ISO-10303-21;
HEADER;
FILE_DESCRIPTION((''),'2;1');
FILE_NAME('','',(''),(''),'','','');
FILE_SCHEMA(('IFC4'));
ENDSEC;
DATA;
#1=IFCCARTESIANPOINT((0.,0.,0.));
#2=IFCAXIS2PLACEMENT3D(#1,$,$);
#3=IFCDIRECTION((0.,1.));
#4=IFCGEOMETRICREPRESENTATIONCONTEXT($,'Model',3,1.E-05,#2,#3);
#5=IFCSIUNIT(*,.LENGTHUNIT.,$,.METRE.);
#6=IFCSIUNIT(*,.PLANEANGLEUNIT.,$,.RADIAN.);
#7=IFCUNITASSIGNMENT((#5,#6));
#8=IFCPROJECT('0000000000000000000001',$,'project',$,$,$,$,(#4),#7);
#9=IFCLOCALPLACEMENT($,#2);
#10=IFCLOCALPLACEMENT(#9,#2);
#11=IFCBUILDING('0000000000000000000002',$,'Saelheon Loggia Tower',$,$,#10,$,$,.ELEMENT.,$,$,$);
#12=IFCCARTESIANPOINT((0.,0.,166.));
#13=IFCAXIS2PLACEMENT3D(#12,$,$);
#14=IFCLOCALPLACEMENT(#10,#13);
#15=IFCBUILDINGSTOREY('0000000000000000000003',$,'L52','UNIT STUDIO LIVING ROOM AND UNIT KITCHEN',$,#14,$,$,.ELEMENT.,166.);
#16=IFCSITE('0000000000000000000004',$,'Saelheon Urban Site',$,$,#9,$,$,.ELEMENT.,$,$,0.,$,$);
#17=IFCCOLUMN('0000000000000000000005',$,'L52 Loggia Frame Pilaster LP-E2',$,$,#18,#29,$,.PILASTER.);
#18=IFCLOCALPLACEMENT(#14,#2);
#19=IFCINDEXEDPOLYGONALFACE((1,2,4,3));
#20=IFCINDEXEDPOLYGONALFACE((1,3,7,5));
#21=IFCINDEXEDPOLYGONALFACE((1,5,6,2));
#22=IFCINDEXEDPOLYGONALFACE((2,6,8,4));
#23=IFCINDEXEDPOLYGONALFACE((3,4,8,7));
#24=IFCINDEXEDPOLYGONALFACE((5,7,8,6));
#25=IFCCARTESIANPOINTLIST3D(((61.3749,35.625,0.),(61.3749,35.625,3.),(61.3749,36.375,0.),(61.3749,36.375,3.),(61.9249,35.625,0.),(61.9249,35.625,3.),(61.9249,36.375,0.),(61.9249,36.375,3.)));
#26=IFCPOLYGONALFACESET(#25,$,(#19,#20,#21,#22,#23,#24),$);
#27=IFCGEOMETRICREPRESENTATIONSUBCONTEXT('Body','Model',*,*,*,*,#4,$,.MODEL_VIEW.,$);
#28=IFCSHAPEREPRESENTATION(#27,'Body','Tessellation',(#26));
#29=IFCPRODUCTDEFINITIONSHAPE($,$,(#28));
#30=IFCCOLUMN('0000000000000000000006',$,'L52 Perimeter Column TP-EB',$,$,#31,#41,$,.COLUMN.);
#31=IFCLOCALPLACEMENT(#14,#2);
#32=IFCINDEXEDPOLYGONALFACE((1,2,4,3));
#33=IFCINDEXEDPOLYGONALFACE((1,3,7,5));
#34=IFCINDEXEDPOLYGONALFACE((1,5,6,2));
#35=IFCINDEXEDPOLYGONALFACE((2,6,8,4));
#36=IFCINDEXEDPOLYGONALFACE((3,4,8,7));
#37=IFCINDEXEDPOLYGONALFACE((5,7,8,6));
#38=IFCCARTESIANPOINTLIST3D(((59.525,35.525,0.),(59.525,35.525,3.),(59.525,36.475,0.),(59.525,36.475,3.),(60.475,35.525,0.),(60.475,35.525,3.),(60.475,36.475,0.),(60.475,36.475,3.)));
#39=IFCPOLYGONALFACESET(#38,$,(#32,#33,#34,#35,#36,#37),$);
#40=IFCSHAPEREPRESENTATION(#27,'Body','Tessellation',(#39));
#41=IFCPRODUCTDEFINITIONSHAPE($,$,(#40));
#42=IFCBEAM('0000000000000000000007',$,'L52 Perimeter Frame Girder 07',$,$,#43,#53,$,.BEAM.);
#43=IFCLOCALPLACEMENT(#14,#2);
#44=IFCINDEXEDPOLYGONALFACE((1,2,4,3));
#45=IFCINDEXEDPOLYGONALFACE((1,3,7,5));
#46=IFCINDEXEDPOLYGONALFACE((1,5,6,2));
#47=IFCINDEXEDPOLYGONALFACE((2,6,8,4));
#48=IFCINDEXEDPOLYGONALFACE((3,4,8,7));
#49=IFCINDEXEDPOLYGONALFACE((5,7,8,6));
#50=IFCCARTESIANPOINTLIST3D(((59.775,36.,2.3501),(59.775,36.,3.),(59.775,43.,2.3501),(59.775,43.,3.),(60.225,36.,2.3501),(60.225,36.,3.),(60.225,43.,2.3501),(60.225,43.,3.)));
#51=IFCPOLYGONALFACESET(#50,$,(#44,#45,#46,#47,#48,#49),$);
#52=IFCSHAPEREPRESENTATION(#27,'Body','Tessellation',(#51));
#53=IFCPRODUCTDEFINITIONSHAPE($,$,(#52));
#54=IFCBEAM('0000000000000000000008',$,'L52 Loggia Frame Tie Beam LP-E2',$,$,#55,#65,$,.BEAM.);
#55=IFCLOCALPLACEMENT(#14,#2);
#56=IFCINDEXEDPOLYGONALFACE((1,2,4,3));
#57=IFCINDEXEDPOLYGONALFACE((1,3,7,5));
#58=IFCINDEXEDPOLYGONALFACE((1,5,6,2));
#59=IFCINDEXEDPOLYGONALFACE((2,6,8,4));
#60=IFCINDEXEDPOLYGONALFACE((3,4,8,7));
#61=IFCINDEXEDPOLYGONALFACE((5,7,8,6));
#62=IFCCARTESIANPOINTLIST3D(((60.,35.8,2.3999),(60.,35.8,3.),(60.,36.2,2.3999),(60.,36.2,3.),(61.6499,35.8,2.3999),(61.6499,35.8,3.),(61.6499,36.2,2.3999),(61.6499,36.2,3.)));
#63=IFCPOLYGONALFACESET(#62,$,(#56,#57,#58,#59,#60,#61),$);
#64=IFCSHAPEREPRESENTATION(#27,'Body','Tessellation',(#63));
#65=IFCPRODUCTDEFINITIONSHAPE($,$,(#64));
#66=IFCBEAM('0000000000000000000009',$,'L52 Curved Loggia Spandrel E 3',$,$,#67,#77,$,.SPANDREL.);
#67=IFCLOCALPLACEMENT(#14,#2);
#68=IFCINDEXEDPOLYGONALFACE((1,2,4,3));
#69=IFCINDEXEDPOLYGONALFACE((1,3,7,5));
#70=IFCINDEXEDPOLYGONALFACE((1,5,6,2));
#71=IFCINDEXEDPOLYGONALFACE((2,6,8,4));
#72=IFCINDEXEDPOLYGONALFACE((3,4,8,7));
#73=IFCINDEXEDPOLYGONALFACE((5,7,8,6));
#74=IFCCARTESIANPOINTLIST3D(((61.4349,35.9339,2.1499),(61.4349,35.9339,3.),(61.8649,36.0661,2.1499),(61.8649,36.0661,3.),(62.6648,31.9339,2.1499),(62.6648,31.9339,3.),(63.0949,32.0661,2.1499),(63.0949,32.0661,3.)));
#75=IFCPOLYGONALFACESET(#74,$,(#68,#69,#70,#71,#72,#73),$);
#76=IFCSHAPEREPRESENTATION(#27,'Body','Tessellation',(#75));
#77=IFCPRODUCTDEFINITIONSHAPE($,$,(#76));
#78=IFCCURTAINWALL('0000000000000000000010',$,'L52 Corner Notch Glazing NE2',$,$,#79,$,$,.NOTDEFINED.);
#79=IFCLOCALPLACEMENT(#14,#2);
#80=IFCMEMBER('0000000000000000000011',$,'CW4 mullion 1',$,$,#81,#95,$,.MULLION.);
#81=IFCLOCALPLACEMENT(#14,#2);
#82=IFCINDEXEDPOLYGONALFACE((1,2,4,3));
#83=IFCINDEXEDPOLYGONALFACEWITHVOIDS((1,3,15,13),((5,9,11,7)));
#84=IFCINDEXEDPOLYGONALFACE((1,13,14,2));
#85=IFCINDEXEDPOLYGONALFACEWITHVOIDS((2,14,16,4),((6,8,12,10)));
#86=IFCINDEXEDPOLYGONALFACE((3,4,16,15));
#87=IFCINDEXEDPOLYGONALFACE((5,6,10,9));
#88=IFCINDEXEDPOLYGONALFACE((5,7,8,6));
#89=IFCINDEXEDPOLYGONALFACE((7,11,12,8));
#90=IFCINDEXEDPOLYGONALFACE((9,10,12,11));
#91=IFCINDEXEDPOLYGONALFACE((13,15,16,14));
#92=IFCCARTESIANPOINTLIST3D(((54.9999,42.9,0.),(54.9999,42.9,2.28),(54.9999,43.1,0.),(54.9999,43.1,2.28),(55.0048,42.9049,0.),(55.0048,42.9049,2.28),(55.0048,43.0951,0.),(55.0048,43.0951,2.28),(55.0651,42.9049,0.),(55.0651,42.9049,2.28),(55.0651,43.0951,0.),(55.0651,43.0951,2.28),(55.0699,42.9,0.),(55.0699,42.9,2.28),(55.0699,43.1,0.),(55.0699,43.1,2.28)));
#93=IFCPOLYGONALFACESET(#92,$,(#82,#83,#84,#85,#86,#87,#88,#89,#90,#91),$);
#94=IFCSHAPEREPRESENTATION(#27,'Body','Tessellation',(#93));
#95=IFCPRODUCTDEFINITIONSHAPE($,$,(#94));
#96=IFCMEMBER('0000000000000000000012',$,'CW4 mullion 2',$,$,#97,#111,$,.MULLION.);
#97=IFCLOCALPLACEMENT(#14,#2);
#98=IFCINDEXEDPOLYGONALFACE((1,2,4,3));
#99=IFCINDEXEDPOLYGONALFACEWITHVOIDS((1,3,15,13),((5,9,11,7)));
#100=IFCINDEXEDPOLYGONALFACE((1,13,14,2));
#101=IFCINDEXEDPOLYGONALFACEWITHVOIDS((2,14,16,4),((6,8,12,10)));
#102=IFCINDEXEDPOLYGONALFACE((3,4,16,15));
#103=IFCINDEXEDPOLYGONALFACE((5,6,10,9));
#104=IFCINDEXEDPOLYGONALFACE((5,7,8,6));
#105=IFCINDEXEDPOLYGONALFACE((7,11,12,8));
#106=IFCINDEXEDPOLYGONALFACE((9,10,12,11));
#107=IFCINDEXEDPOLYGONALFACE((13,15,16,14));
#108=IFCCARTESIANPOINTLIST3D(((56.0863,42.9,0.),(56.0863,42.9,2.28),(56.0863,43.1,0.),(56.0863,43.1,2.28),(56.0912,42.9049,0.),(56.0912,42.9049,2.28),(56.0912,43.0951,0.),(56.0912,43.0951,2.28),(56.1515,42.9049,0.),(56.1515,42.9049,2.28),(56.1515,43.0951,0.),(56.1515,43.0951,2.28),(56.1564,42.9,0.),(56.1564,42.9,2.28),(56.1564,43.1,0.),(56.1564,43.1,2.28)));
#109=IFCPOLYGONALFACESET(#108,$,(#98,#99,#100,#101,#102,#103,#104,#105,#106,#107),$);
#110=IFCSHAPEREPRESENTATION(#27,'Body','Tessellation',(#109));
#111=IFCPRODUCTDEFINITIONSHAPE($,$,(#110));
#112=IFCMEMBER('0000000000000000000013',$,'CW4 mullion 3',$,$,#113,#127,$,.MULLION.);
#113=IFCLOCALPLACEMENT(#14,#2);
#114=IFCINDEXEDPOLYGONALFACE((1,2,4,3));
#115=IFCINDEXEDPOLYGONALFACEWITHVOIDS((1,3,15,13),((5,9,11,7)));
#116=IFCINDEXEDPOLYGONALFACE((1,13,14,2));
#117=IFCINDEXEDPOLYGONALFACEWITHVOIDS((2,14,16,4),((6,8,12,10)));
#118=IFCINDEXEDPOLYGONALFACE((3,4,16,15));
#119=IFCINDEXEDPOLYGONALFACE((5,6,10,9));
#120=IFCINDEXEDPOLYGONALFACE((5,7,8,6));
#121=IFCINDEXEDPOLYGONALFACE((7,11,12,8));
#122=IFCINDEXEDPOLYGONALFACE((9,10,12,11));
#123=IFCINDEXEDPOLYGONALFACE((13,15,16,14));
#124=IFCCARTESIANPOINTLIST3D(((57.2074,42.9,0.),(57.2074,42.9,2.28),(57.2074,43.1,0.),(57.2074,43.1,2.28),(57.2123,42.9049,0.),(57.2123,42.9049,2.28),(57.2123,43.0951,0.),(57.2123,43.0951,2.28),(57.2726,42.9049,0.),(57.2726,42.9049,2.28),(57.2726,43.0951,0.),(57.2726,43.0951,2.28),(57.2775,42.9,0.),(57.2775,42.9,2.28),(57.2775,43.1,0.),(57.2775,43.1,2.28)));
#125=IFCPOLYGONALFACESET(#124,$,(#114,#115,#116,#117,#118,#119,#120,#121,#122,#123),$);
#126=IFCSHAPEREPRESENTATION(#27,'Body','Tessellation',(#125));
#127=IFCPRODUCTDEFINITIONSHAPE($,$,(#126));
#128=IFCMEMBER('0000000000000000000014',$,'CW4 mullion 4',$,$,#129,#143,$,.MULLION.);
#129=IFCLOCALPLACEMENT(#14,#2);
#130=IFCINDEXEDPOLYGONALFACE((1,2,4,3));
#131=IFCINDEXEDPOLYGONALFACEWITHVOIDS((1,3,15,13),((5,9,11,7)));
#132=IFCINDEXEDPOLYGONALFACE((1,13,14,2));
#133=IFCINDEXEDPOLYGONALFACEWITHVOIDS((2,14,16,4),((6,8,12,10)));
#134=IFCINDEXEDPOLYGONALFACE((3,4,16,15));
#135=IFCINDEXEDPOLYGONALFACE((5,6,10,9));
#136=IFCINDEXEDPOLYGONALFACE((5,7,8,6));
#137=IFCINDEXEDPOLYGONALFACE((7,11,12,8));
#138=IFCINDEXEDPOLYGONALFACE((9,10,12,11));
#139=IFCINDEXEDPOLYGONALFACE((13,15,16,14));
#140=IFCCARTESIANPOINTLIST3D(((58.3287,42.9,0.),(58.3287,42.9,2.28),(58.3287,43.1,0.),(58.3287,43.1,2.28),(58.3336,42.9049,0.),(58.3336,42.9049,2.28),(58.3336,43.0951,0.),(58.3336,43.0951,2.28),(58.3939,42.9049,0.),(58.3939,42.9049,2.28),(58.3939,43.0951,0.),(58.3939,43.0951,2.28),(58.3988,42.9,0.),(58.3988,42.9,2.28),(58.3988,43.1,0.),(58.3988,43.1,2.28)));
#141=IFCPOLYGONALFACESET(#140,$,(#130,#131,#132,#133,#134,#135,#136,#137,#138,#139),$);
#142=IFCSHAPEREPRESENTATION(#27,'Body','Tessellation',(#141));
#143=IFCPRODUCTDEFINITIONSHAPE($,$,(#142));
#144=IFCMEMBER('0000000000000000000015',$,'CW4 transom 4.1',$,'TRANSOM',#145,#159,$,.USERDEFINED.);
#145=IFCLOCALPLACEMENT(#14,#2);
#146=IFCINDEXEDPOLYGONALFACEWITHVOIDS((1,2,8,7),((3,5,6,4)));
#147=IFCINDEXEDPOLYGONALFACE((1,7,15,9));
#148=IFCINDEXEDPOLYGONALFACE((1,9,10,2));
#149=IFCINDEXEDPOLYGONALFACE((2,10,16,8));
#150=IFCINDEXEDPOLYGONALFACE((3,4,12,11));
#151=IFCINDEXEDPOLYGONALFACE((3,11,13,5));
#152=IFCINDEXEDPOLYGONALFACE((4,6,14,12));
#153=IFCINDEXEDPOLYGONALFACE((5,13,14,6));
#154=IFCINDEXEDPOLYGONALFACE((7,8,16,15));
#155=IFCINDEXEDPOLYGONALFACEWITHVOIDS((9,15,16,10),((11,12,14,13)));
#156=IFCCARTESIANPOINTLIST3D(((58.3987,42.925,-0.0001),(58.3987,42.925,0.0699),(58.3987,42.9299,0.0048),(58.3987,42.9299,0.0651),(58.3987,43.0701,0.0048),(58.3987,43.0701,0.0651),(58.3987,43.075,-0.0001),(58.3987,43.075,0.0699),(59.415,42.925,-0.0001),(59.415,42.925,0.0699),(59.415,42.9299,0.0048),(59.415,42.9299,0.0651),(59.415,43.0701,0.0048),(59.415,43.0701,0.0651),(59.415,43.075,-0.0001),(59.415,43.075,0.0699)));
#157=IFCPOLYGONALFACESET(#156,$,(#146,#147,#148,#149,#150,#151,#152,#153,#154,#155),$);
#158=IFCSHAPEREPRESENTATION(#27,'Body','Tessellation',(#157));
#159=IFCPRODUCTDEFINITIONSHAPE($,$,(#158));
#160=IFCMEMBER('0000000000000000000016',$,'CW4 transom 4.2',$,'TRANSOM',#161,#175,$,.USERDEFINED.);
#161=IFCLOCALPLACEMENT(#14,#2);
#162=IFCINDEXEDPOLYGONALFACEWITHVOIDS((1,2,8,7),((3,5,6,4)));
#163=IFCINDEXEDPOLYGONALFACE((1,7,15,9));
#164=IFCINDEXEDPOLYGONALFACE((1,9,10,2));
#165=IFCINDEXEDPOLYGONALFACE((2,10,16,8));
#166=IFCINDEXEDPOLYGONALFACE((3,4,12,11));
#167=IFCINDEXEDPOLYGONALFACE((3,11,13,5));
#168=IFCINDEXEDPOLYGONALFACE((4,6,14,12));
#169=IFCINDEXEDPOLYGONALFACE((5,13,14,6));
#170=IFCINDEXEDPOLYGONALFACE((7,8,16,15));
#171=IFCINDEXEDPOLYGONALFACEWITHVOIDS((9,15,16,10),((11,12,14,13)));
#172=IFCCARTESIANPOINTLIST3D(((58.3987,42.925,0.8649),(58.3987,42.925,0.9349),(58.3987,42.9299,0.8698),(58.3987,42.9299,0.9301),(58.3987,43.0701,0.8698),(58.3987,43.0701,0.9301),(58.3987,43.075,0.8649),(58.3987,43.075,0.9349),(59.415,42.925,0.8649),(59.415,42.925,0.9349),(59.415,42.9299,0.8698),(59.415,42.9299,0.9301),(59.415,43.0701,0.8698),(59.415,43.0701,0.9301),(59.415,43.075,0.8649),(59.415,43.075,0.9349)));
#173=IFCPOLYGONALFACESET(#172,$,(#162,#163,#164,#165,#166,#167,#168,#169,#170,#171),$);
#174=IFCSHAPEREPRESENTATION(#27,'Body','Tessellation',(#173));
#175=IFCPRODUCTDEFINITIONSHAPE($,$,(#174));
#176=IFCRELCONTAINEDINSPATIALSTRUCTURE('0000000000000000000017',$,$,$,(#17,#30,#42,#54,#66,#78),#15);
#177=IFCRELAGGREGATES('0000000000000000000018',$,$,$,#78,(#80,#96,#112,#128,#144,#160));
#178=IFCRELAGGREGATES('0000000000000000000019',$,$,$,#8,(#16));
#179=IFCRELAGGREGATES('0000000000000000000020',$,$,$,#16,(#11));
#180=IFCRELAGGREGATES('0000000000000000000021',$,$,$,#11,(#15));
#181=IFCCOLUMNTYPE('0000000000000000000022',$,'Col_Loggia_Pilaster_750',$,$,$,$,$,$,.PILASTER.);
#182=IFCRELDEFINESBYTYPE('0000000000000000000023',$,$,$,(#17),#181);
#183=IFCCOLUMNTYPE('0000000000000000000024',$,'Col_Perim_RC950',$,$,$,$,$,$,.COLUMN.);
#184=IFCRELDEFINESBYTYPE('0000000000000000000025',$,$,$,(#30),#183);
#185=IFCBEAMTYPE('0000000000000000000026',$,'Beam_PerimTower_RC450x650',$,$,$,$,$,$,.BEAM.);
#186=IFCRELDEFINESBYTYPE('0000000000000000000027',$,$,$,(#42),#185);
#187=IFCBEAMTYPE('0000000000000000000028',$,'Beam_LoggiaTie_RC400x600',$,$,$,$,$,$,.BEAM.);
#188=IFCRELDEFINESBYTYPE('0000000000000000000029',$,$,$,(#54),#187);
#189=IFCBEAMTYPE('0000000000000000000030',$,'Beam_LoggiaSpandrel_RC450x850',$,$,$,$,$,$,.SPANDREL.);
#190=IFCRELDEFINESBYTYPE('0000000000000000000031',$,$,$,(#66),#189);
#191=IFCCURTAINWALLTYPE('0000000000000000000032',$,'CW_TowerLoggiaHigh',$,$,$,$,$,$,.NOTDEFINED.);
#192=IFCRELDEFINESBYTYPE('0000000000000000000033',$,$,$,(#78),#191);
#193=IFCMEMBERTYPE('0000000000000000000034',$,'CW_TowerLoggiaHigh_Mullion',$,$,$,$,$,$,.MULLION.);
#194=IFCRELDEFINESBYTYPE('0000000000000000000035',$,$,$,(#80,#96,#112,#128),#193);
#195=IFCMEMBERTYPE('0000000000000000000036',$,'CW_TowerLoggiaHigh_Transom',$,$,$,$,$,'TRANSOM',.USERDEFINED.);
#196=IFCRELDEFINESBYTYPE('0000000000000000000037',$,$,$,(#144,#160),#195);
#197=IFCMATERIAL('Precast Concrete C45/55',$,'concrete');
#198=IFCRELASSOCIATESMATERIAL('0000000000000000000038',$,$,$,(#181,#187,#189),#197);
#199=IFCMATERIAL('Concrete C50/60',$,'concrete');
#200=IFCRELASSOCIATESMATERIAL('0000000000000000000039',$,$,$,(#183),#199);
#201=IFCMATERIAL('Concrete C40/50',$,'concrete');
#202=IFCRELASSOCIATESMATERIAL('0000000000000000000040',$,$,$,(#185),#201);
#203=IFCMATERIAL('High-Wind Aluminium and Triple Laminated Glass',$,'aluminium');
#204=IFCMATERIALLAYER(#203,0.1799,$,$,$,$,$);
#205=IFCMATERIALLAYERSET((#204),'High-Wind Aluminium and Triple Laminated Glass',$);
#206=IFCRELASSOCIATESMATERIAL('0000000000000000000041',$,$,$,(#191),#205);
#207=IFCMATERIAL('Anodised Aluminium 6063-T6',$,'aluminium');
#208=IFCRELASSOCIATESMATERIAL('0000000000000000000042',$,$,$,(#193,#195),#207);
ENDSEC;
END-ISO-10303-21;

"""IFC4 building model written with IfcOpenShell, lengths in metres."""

from ifc_helpers import new_model, si_unit, direction, frame, origin, origin_2d, place, context, subcontext, project, spatial, rectangle, hollow_rectangle, extrude, source, transform, mapped, material, layer, layer_set, material_profile, profile_set, type_object, element, aggregate, save


model = new_model("IFC4")

# Units and contexts
model_context = context("Model", 3, precision=1e-05, world=origin(), true_north=direction((0.0, 1.0)))
body_context = subcontext(model_context, "Body", "Model", "MODEL_VIEW")
ifc_project = project(units=[si_unit("LENGTHUNIT", "METRE"), si_unit("PLANEANGLEUNIT", "RADIAN")], contexts=[model_context])

# Site, building, storey
site_placement = place(None, origin())
site = spatial("IfcSite", under=ifc_project, at=site_placement, Name="Saelheon Urban Site", CompositionType="ELEMENT", RefElevation=0.0)
building_placement = place(site_placement, origin())
building = spatial("IfcBuilding", under=site, at=building_placement, Name="Saelheon Loggia Tower", CompositionType="ELEMENT")
storey_placement = place(building_placement, frame((0.0, 0.0, 166.0)))
storey = spatial("IfcBuildingStorey", under=building, at=storey_placement, Name="L52", Description="UNIT STUDIO LIVING ROOM AND UNIT KITCHEN", CompositionType="ELEMENT", Elevation=166.0)

# Columns
ifc_material_1 = material(Name="Precast Concrete C45/55", Category="concrete")
ifc_material_profile_1 = material_profile(ifc_material_1, rectangle(XDim=0.55, YDim=0.75, at=origin_2d()), Name="RC-550x750")
ifc_profile_set_1 = profile_set([ifc_material_profile_1], Name="Precast Concrete C45/55")
column_type_1 = type_object("IfcColumnType", Name="Col_Loggia_Pilaster_750", PredefinedType="PILASTER", material=ifc_profile_set_1)
shared_shape_1 = source(origin(), body_context, "Body", "SweptSolid", [
    extrude(rectangle(XDim=0.55, YDim=0.75, at=origin_2d()), origin(), (0.0, 0.0, 1.0), 3.0),
])
column_1_placement = place(storey_placement, frame((61.6499, 36.0, 0.0), z_axis=(0.0, 0.0, 1.0), x_axis=(1.0, 0.0, 0.0)))
element("IfcColumn", 1, at=column_1_placement, inside=storey, type_object=column_type_1, Name="L52 Loggia Frame Pilaster LP-E2", PredefinedType="PILASTER", context=body_context, shape_type="MappedRepresentation", body=[
    mapped(shared_shape_1, transform((0.0, 0.0, 0.0), scale=1.0)),
])
ifc_material_2 = material(Name="Concrete C50/60", Category="concrete")
ifc_material_profile_2 = material_profile(ifc_material_2, rectangle(XDim=0.95, YDim=0.95, at=origin_2d()), Name="RC-950x950")
ifc_profile_set_2 = profile_set([ifc_material_profile_2], Name="Concrete C50/60")
column_type_2 = type_object("IfcColumnType", Name="Col_Perim_RC950", PredefinedType="COLUMN", material=ifc_profile_set_2)
shared_shape_2 = source(origin(), body_context, "Body", "SweptSolid", [
    extrude(rectangle(XDim=0.95, YDim=0.95, at=origin_2d()), origin(), (0.0, 0.0, 1.0), 3.0),
])
column_2_placement = place(storey_placement, frame((60.0, 36.0, 0.0), z_axis=(0.0, 0.0, 1.0), x_axis=(1.0, 0.0, 0.0)))
element("IfcColumn", 2, at=column_2_placement, inside=storey, type_object=column_type_2, Name="L52 Perimeter Column TP-EB", PredefinedType="COLUMN", context=body_context, shape_type="MappedRepresentation", body=[
    mapped(shared_shape_2, transform((0.0, 0.0, 0.0), scale=1.0)),
])

# Beams
ifc_material_3 = material(Name="Concrete C40/50", Category="concrete")
ifc_material_profile_3 = material_profile(ifc_material_3, rectangle(XDim=0.45, YDim=0.6499, at=origin_2d()), Name="RC-450x650")
ifc_profile_set_3 = profile_set([ifc_material_profile_3], Name="Concrete C40/50")
beam_type_1 = type_object("IfcBeamType", Name="Beam_PerimTower_RC450x650", PredefinedType="BEAM", material=ifc_profile_set_3)
shared_shape_3 = source(origin(), body_context, "Body", "SweptSolid", [
    extrude(rectangle(XDim=0.45, YDim=0.6499, at=origin_2d()), origin(), (0.0, 0.0, 1.0), 7.0),
])
beam_1_placement = place(storey_placement, frame((60.0, 36.0, 2.675), z_axis=(0.0, 1.0, 0.0), x_axis=(-1.0, 0.0, 0.0)))
element("IfcBeam", 3, at=beam_1_placement, inside=storey, type_object=beam_type_1, Name="L52 Perimeter Frame Girder 07", PredefinedType="BEAM", context=body_context, shape_type="MappedRepresentation", body=[
    mapped(shared_shape_3, transform((0.0, 0.0, 0.0), scale=1.0)),
])
ifc_material_profile_4 = material_profile(ifc_material_1, rectangle(XDim=0.3999, YDim=0.6001, at=origin_2d()), Name="RC-400x600")
ifc_profile_set_4 = profile_set([ifc_material_profile_4], Name="Precast Concrete C45/55")
beam_type_2 = type_object("IfcBeamType", Name="Beam_LoggiaTie_RC400x600", PredefinedType="BEAM", material=ifc_profile_set_4)
shared_shape_4 = source(origin(), body_context, "Body", "SweptSolid", [
    extrude(rectangle(XDim=0.3999, YDim=0.6001, at=origin_2d()), origin(), (0.0, 0.0, 1.0), 1.6499),
])
beam_2_placement = place(storey_placement, frame((60.0, 36.0, 2.7), z_axis=(1.0, 0.0, 0.0), x_axis=(0.0, 1.0, 0.0)))
element("IfcBeam", 4, at=beam_2_placement, inside=storey, type_object=beam_type_2, Name="L52 Loggia Frame Tie Beam LP-E2", PredefinedType="BEAM", context=body_context, shape_type="MappedRepresentation", body=[
    mapped(shared_shape_4, transform((0.0, 0.0, 0.0), scale=1.0)),
])
ifc_material_profile_5 = material_profile(ifc_material_1, rectangle(XDim=0.45, YDim=0.8501, at=origin_2d()), Name="RC-450x850")
ifc_profile_set_5 = profile_set([ifc_material_profile_5], Name="Precast Concrete C45/55")
beam_type_3 = type_object("IfcBeamType", Name="Beam_LoggiaSpandrel_RC450x850", PredefinedType="SPANDREL", material=ifc_profile_set_5)
shared_shape_5 = source(origin(), body_context, "Body", "SweptSolid", [
    extrude(rectangle(XDim=0.45, YDim=0.8501, at=origin_2d()), origin(), (0.0, 0.0, 1.0), 4.1848),
])
beam_3_placement = place(storey_placement, frame((62.8799, 32.0, 2.575), z_axis=(-0.293914, 0.955832, 0.0), x_axis=(-0.955832, -0.293914, 0.0)))
element("IfcBeam", 5, at=beam_3_placement, inside=storey, type_object=beam_type_3, Name="L52 Curved Loggia Spandrel E 3", PredefinedType="SPANDREL", context=body_context, shape_type="MappedRepresentation", body=[
    mapped(shared_shape_5, transform((0.0, 0.0, 0.0), scale=1.0)),
])

# Curtain wall, members
ifc_material_4 = material(Name="High-Wind Aluminium and Triple Laminated Glass", Category="aluminium")
ifc_layer_1 = layer(ifc_material_4, 0.1799)
ifc_layer_set_1 = layer_set([ifc_layer_1], Name="High-Wind Aluminium and Triple Laminated Glass")
curtain_wall_type = type_object("IfcCurtainWallType", Name="CW_TowerLoggiaHigh", PredefinedType="NOTDEFINED", material=ifc_layer_set_1)
curtain_wall_placement = place(storey_placement, origin())
curtain_wall = element("IfcCurtainWall", 6, at=curtain_wall_placement, inside=storey, type_object=curtain_wall_type, Name="L52 Corner Notch Glazing NE2", PredefinedType="NOTDEFINED")
ifc_material_5 = material(Name="Anodised Aluminium 6063-T6", Category="aluminium")
ifc_material_profile_6 = material_profile(ifc_material_5, hollow_rectangle(XDim=0.0701, YDim=0.2, WallThickness=0.0049, at=origin_2d()), Name="RHS-200x70x5")
ifc_profile_set_6 = profile_set([ifc_material_profile_6], Name="Anodised Aluminium 6063-T6")
member_type_1 = type_object("IfcMemberType", Name="CW_TowerLoggiaHigh_Mullion", PredefinedType="MULLION", material=ifc_profile_set_6)
shared_shape_6 = source(origin(), body_context, "Body", "SweptSolid", [
    extrude(hollow_rectangle(XDim=0.0701, YDim=0.2, WallThickness=0.0049, at=origin_2d()), origin(), (0.0, 0.0, 1.0), 2.28),
])
member_1_placement = place(storey_placement, frame((55.0349, 43.0, 0.0), z_axis=(0.0, 0.0, 1.0), x_axis=(1.0, 0.0, 0.0)))
member_1 = element("IfcMember", 7, at=member_1_placement, type_object=member_type_1, Name="CW4 mullion 1", PredefinedType="MULLION", context=body_context, shape_type="MappedRepresentation", body=[
    mapped(shared_shape_6, transform((0.0, 0.0, 0.0), scale=1.0)),
])
member_2_placement = place(storey_placement, frame((56.1213, 43.0, 0.0), z_axis=(0.0, 0.0, 1.0), x_axis=(1.0, 0.0, 0.0)))
member_2 = element("IfcMember", 8, at=member_2_placement, type_object=member_type_1, Name="CW4 mullion 2", PredefinedType="MULLION", context=body_context, shape_type="MappedRepresentation", body=[
    mapped(shared_shape_6, transform((0.0, 0.0, 0.0), scale=1.0)),
])
member_3_placement = place(storey_placement, frame((57.2424, 43.0, 0.0), z_axis=(0.0, 0.0, 1.0), x_axis=(1.0, 0.0, 0.0)))
member_3 = element("IfcMember", 9, at=member_3_placement, type_object=member_type_1, Name="CW4 mullion 3", PredefinedType="MULLION", context=body_context, shape_type="MappedRepresentation", body=[
    mapped(shared_shape_6, transform((0.0, 0.0, 0.0), scale=1.0)),
])
member_4_placement = place(storey_placement, frame((58.3638, 43.0, 0.0), z_axis=(0.0, 0.0, 1.0), x_axis=(1.0, 0.0, 0.0)))
member_4 = element("IfcMember", 10, at=member_4_placement, type_object=member_type_1, Name="CW4 mullion 4", PredefinedType="MULLION", context=body_context, shape_type="MappedRepresentation", body=[
    mapped(shared_shape_6, transform((0.0, 0.0, 0.0), scale=1.0)),
])
ifc_material_profile_7 = material_profile(ifc_material_5, hollow_rectangle(XDim=0.0701, YDim=0.1499, WallThickness=0.0049, at=origin_2d()), Name="RHS-150x70x5")
ifc_profile_set_7 = profile_set([ifc_material_profile_7], Name="Anodised Aluminium 6063-T6")
member_type_2 = type_object("IfcMemberType", Name="CW_TowerLoggiaHigh_Transom", ElementType="TRANSOM", PredefinedType="USERDEFINED", material=ifc_profile_set_7)
shared_shape_7 = source(origin(), body_context, "Body", "SweptSolid", [
    extrude(hollow_rectangle(XDim=0.0701, YDim=0.1499, WallThickness=0.0049, at=origin_2d()), origin(), (0.0, 0.0, 1.0), 1.0164),
])
member_5_placement = place(storey_placement, frame((58.3987, 43.0, 0.0349), z_axis=(1.0, 0.0, 0.0), x_axis=(0.0, 0.0, 1.0)))
member_5 = element("IfcMember", 11, at=member_5_placement, type_object=member_type_2, Name="CW4 transom 4.1", ObjectType="TRANSOM", PredefinedType="USERDEFINED", context=body_context, shape_type="MappedRepresentation", body=[
    mapped(shared_shape_7, transform((0.0, 0.0, 0.0), scale=1.0)),
])
member_6_placement = place(storey_placement, frame((58.3987, 43.0, 0.8999), z_axis=(1.0, 0.0, 0.0), x_axis=(0.0, 0.0, 1.0)))
member_6 = element("IfcMember", 12, at=member_6_placement, type_object=member_type_2, Name="CW4 transom 4.2", ObjectType="TRANSOM", PredefinedType="USERDEFINED", context=body_context, shape_type="MappedRepresentation", body=[
    mapped(shared_shape_7, transform((0.0, 0.0, 0.0), scale=1.0)),
])
aggregate(curtain_wall, [member_1, member_2, member_3, member_4, member_5, member_6])

save(model, "model.ifc")
